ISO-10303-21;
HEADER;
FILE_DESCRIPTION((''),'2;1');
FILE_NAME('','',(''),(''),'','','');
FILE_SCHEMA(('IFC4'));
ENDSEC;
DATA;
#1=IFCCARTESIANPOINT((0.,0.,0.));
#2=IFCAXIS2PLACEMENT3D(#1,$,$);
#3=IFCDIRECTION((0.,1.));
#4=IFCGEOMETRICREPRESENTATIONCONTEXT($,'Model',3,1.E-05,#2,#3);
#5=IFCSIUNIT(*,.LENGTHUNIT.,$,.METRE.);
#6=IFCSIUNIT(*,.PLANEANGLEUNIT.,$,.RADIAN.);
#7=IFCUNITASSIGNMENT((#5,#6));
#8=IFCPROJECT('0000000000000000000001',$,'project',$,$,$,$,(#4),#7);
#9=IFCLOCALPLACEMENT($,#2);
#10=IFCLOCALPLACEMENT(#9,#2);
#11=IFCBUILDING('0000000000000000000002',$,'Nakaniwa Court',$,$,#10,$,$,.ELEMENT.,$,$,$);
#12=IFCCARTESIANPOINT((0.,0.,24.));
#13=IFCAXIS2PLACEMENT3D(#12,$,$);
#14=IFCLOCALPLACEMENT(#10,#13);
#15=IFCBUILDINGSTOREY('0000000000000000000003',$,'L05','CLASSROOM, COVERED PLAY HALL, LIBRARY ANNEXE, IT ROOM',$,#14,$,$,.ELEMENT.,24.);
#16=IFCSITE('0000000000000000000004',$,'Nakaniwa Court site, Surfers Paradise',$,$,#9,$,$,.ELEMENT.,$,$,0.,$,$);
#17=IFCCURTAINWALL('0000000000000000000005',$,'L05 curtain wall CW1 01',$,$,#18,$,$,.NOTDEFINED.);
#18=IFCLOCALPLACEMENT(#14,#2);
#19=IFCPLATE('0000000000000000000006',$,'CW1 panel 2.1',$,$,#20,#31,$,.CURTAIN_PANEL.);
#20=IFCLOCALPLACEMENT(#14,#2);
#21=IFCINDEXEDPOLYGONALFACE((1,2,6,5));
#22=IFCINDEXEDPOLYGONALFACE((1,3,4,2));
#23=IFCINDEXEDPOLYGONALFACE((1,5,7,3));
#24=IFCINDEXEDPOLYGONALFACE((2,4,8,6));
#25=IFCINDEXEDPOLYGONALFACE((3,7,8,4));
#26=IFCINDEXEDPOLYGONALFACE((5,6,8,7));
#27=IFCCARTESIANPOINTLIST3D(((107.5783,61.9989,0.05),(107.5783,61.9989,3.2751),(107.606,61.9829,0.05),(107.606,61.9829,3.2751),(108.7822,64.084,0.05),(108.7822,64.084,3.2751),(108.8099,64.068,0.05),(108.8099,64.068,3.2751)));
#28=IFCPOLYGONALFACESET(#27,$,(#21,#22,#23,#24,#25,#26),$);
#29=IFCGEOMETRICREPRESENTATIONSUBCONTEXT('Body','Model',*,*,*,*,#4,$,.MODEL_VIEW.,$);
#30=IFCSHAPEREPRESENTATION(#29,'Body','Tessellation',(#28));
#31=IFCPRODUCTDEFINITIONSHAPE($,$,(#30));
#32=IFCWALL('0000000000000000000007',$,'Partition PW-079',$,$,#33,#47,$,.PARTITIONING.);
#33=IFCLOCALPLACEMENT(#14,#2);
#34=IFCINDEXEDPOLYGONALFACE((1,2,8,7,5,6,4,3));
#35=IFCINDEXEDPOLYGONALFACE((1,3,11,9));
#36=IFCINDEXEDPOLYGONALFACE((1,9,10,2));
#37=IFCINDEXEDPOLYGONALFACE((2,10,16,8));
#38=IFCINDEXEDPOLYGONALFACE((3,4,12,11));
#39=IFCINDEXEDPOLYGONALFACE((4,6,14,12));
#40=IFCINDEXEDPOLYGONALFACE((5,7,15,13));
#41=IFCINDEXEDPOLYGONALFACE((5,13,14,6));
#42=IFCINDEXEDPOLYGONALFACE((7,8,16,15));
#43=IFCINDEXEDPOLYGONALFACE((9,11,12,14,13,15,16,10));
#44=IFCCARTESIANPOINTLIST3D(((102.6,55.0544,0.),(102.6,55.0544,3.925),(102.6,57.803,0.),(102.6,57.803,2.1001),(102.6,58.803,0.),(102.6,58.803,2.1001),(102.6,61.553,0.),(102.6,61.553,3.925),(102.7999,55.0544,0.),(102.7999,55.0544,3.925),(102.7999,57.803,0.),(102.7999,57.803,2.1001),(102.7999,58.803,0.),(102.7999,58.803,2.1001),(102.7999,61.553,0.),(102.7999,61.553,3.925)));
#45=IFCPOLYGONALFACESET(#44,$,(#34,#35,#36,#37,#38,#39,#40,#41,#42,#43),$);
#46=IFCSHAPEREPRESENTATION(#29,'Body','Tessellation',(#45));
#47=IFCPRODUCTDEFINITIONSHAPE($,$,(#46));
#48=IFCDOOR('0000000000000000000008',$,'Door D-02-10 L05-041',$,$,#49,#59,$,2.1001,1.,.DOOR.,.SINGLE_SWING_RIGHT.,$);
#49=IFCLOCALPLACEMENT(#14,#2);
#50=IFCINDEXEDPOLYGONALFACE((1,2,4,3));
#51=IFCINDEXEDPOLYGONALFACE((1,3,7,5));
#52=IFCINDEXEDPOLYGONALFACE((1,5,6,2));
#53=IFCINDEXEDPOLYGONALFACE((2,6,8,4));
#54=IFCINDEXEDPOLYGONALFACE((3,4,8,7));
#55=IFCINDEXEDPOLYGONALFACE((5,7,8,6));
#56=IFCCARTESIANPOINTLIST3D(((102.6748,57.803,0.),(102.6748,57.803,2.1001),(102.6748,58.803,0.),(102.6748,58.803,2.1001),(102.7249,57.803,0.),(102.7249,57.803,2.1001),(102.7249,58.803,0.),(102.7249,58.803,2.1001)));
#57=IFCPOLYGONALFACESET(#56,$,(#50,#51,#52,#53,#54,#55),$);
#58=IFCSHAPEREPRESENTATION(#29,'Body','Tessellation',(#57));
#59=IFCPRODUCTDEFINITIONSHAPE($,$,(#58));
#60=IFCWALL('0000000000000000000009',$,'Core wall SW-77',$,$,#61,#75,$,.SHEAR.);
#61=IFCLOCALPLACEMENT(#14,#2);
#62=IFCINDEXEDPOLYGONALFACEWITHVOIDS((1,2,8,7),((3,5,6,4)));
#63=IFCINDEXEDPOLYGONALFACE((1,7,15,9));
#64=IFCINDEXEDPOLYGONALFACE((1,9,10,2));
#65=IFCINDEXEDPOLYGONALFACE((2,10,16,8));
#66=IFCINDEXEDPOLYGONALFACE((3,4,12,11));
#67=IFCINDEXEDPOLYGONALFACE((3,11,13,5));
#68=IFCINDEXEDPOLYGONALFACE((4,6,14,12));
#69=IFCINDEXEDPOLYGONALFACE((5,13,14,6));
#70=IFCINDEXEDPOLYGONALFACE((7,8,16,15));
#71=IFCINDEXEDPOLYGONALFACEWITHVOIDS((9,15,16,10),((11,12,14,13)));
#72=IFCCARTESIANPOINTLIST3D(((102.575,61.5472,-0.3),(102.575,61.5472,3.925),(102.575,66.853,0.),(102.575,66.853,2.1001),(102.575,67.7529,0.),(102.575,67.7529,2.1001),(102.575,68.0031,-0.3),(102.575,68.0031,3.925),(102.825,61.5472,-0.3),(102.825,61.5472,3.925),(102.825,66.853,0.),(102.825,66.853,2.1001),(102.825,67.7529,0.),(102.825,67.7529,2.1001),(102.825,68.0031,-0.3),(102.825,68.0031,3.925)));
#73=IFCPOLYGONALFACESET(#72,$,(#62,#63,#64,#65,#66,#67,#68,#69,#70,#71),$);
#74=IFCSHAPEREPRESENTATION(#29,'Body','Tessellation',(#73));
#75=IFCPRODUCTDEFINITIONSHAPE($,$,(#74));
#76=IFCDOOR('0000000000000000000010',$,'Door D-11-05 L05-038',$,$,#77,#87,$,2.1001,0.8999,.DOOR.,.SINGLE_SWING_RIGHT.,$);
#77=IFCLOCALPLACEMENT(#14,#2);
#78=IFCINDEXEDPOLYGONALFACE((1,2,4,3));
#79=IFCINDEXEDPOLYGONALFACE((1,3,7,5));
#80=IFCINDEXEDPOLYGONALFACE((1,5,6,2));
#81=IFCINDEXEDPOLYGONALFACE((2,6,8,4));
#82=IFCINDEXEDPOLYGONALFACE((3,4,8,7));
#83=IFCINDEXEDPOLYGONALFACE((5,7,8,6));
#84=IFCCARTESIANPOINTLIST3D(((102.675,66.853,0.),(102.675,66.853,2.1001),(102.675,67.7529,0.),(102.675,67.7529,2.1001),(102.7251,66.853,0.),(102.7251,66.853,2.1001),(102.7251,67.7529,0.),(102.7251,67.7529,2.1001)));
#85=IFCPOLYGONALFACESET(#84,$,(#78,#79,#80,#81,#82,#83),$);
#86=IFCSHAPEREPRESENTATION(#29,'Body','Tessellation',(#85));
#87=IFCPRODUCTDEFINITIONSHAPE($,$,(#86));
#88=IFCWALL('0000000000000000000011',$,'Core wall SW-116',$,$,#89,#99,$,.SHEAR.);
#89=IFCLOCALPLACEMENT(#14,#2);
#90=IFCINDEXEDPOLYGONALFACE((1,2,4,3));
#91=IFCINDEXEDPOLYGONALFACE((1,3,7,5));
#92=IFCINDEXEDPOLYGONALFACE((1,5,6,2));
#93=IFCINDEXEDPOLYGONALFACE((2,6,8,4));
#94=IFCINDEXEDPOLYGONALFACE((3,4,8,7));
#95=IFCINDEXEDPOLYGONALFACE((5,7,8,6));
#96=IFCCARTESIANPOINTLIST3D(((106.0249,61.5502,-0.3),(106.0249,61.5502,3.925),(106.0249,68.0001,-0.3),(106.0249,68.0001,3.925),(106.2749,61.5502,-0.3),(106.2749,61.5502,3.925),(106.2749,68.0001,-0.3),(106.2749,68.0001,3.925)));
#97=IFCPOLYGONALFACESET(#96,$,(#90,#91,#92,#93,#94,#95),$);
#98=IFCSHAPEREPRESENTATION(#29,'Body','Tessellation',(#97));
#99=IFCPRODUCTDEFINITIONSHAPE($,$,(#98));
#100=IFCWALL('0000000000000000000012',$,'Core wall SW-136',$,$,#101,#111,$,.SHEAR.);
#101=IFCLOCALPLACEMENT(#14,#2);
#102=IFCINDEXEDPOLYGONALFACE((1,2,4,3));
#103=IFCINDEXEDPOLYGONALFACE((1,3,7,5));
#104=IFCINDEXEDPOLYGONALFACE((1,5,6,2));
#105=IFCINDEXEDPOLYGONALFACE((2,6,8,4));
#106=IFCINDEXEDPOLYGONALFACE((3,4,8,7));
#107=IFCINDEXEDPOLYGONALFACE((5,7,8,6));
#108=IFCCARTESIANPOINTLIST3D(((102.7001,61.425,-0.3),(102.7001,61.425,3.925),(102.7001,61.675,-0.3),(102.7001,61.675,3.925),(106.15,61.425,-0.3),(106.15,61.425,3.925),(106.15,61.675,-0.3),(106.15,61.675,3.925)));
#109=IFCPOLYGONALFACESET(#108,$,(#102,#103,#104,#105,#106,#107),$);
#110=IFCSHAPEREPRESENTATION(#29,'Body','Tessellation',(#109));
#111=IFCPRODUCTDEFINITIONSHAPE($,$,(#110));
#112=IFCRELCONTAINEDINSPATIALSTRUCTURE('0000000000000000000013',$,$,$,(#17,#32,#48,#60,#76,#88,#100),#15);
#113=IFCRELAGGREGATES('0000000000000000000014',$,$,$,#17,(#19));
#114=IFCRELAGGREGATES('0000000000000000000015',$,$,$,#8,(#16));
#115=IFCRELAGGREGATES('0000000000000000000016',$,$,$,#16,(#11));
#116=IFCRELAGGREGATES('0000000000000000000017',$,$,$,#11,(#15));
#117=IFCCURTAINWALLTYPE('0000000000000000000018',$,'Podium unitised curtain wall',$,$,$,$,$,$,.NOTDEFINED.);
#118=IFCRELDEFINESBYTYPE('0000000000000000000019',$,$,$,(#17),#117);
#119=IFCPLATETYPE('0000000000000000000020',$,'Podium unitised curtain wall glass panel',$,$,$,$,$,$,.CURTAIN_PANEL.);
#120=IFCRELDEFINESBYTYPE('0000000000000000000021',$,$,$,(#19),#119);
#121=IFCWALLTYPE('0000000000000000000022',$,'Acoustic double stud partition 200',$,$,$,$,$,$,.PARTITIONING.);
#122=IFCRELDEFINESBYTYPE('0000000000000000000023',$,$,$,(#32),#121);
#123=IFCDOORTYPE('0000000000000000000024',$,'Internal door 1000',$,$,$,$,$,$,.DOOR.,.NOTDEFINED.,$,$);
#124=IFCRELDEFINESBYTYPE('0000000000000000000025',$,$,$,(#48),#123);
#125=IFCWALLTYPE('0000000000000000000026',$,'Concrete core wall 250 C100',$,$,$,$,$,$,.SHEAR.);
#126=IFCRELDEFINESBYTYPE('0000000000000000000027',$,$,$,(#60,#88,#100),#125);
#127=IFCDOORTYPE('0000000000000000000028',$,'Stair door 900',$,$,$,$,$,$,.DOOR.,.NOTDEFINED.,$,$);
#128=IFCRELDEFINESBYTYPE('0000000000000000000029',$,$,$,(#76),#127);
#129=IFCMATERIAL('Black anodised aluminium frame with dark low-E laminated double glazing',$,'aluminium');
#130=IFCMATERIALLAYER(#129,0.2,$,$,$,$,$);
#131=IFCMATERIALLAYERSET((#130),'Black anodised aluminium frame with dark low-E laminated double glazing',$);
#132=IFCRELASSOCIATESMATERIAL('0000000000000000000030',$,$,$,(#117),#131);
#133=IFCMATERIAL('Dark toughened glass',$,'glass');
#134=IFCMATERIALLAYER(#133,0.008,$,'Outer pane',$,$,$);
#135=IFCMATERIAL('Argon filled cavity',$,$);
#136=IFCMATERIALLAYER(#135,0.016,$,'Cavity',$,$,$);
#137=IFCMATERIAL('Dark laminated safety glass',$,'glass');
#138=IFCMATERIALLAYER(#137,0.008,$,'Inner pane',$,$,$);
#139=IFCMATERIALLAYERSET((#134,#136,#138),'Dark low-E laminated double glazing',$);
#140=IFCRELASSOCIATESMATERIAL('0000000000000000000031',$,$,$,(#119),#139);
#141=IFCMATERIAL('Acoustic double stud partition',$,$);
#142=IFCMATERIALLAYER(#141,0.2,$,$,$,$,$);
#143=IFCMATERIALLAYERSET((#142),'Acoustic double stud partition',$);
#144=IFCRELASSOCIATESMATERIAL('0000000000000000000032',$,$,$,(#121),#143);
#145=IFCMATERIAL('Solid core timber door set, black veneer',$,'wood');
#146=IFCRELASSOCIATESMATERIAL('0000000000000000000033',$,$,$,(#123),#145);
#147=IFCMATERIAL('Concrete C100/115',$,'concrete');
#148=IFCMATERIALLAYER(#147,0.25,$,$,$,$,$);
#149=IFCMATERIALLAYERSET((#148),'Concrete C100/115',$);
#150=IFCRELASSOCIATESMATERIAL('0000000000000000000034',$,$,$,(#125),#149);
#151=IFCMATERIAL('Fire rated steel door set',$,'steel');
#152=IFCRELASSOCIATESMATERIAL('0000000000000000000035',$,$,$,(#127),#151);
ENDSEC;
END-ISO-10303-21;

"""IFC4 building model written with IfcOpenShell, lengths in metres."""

from ifc_helpers import new_model, si_unit, direction, frame, frame_2d, origin, origin_2d, place, context, subcontext, project, spatial, rectangle, extrude, material, layer, layer_set, type_object, element, fill, aggregate, save


model = new_model("IFC4")

# Units and contexts
model_context = context("Model", 3, precision=1e-05, world=origin(), true_north=direction((0.0, 1.0)))
body_context = subcontext(model_context, "Body", "Model", "MODEL_VIEW")
ifc_project = project(units=[si_unit("LENGTHUNIT", "METRE"), si_unit("PLANEANGLEUNIT", "RADIAN")], contexts=[model_context])

# Site, building, storey
site_placement = place(None, origin())
site = spatial("IfcSite", under=ifc_project, at=site_placement, Name="Nakaniwa Court site, Surfers Paradise", CompositionType="ELEMENT", RefElevation=0.0)
building_placement = place(site_placement, origin())
building = spatial("IfcBuilding", under=site, at=building_placement, Name="Nakaniwa Court", CompositionType="ELEMENT")
storey_placement = place(building_placement, frame((0.0, 0.0, 24.0)))
storey = spatial("IfcBuildingStorey", under=building, at=storey_placement, Name="L05", Description="CLASSROOM, COVERED PLAY HALL, LIBRARY ANNEXE, IT ROOM", CompositionType="ELEMENT", Elevation=24.0)

# Shared definitions
ifc_material_1 = material(Name="Concrete C100/115", Category="concrete")

# Curtain wall
ifc_material_2 = material(Name="Black anodised aluminium frame with dark low-E laminated double glazing", Category="aluminium")
ifc_layer_1 = layer(ifc_material_2, 0.2)
ifc_layer_set_1 = layer_set([ifc_layer_1], Name="Black anodised aluminium frame with dark low-E laminated double glazing")
curtain_wall_type = type_object("IfcCurtainWallType", Name="Podium unitised curtain wall", PredefinedType="NOTDEFINED", material=ifc_layer_set_1)
curtain_wall_1_placement = place(storey_placement, origin())
curtain_wall_1 = element("IfcCurtainWall", 1, at=curtain_wall_1_placement, inside=storey, type_object=curtain_wall_type, Name="L05 curtain wall CW1 01", PredefinedType="NOTDEFINED")

# Plate
ifc_material_3 = material(Name="Dark toughened glass", Category="glass")
ifc_layer_2 = layer(ifc_material_3, 0.008, Name="Outer pane")
ifc_material_4 = material(Name="Argon filled cavity")
ifc_layer_3 = layer(ifc_material_4, 0.016, Name="Cavity")
ifc_material_5 = material(Name="Dark laminated safety glass", Category="glass")
ifc_layer_4 = layer(ifc_material_5, 0.008, Name="Inner pane")
ifc_layer_set_2 = layer_set([ifc_layer_2, ifc_layer_3, ifc_layer_4], Name="Dark low-E laminated double glazing")
plate_type = type_object("IfcPlateType", Name="Podium unitised curtain wall glass panel", PredefinedType="CURTAIN_PANEL", material=ifc_layer_set_2)
plate_1_placement = place(storey_placement, frame((108.1941, 63.0334, 0.05), z_axis=(0.0, 0.0, 1.0), x_axis=(0.499988, 0.866032, 0.0)))
plate_1 = element("IfcPlate", 2, at=plate_1_placement, type_object=plate_type, Name="CW1 panel 2.1", PredefinedType="CURTAIN_PANEL", context=body_context, shape_type="SweptSolid", body=[
    extrude(rectangle(XDim=2.4077, YDim=0.032, at=origin_2d()), origin(), (0.0, 0.0, 1.0), 3.2251),
])
aggregate(curtain_wall_1, [plate_1])

# Walls, openings, doors
ifc_material_6 = material(Name="Acoustic double stud partition")
ifc_layer_5 = layer(ifc_material_6, 0.2)
ifc_layer_set_3 = layer_set([ifc_layer_5], Name="Acoustic double stud partition")
wall_type_1 = type_object("IfcWallType", Name="Acoustic double stud partition 200", PredefinedType="PARTITIONING", material=ifc_layer_set_3)
wall_1_placement = place(storey_placement, frame((102.7, 61.553, 0.0), z_axis=(0.0, 0.0, 1.0), x_axis=(0.0, -1.0, 0.0)))
wall_1 = element("IfcWall", 3, at=wall_1_placement, inside=storey, type_object=wall_type_1, Name="Partition PW-079", PredefinedType="PARTITIONING", context=body_context, shape_type="SweptSolid", body=[
    extrude(rectangle(XDim=6.4985, YDim=0.2, at=frame_2d((3.2493, 0.0))), origin(), (0.0, 0.0, 1.0), 3.925),
])
opening_1_placement = place(wall_1_placement, frame((2.75, 0.0, 0.0)))
opening_1 = element("IfcOpeningElement", 4, at=opening_1_placement, cuts=wall_1, PredefinedType="OPENING", context=body_context, shape_type="SweptSolid", body=[
    extrude(rectangle(XDim=1.0, YDim=2.1001, at=frame_2d((0.5, 1.05))), frame((0.0, 0.1099, 0.0), z_axis=(0.0, -1.0, 0.0), x_axis=(1.0, 0.0, 0.0)), (0.0, 0.0, 1.0), 0.22),
])
ifc_material_7 = material(Name="Solid core timber door set, black veneer", Category="wood")
door_type_1 = type_object("IfcDoorType", Name="Internal door 1000", OperationType="NOTDEFINED", PredefinedType="DOOR", material=ifc_material_7)
door_1_placement = place(opening_1_placement, origin())
door_1 = element("IfcDoor", 5, at=door_1_placement, inside=storey, type_object=door_type_1, Name="Door D-02-10 L05-041", OperationType="SINGLE_SWING_RIGHT", OverallHeight=2.1001, OverallWidth=1.0, PredefinedType="DOOR", context=body_context, shape_type="SweptSolid", body=[
    extrude(rectangle(XDim=1.0, YDim=2.1001, at=frame_2d((0.5, 1.05))), frame((0.0, 0.0249, 0.0), z_axis=(0.0, -1.0, 0.0), x_axis=(1.0, 0.0, 0.0)), (0.0, 0.0, 1.0), 0.05),
])
fill(opening_1, door_1)
ifc_layer_6 = layer(ifc_material_1, 0.25)
ifc_layer_set_4 = layer_set([ifc_layer_6], Name="Concrete C100/115")
wall_type_2 = type_object("IfcWallType", Name="Concrete core wall 250 C100", PredefinedType="SHEAR", material=ifc_layer_set_4)
wall_2_placement = place(storey_placement, frame((102.7, 61.5471, -0.3), z_axis=(0.0, 0.0, 1.0), x_axis=(0.0, 1.0, 0.0)))
wall_2 = element("IfcWall", 6, at=wall_2_placement, inside=storey, type_object=wall_type_2, Name="Core wall SW-77", PredefinedType="SHEAR", context=body_context, shape_type="SweptSolid", body=[
    extrude(rectangle(XDim=6.4558, YDim=0.25, at=frame_2d((3.228, 0.0))), origin(), (0.0, 0.0, 1.0), 4.2251),
])
opening_2_placement = place(wall_2_placement, frame((5.3059, 0.0, 0.3)))
opening_2 = element("IfcOpeningElement", 7, at=opening_2_placement, cuts=wall_2, PredefinedType="OPENING", context=body_context, shape_type="SweptSolid", body=[
    extrude(rectangle(XDim=0.8999, YDim=2.1001, at=frame_2d((0.45, 1.05))), frame((0.0, 0.135, 0.0), z_axis=(0.0, -1.0, 0.0), x_axis=(1.0, 0.0, 0.0)), (0.0, 0.0, 1.0), 0.27),
])
ifc_material_8 = material(Name="Fire rated steel door set", Category="steel")
door_type_2 = type_object("IfcDoorType", Name="Stair door 900", OperationType="NOTDEFINED", PredefinedType="DOOR", material=ifc_material_8)
door_2_placement = place(opening_2_placement, origin())
door_2 = element("IfcDoor", 8, at=door_2_placement, inside=storey, type_object=door_type_2, Name="Door D-11-05 L05-038", OperationType="SINGLE_SWING_RIGHT", OverallHeight=2.1001, OverallWidth=0.8999, PredefinedType="DOOR", context=body_context, shape_type="SweptSolid", body=[
    extrude(rectangle(XDim=0.8999, YDim=2.1001, at=frame_2d((0.45, 1.05))), frame((0.0, 0.0249, 0.0), z_axis=(0.0, -1.0, 0.0), x_axis=(1.0, 0.0, 0.0)), (0.0, 0.0, 1.0), 0.05),
])
fill(opening_2, door_2)

# Walls
wall_3_placement = place(storey_placement, frame((106.1499, 61.55, -0.3), z_axis=(0.0, 0.0, 1.0), x_axis=(0.0, 1.0, 0.0)))
element("IfcWall", 9, at=wall_3_placement, inside=storey, type_object=wall_type_2, Name="Core wall SW-116", PredefinedType="SHEAR", context=body_context, shape_type="SweptSolid", body=[
    extrude(rectangle(XDim=6.45, YDim=0.25, at=frame_2d((3.2251, 0.0))), origin(), (0.0, 0.0, 1.0), 4.2251),
])
wall_4_placement = place(storey_placement, frame((102.7, 61.55, -0.3), z_axis=(0.0, 0.0, 1.0), x_axis=(1.0, 0.0, 0.0)))
element("IfcWall", 10, at=wall_4_placement, inside=storey, type_object=wall_type_2, Name="Core wall SW-136", PredefinedType="SHEAR", context=body_context, shape_type="SweptSolid", body=[
    extrude(rectangle(XDim=3.45, YDim=0.25, at=frame_2d((1.7251, 0.0))), origin(), (0.0, 0.0, 1.0), 4.2251),
])

save(model, "model.ifc")
